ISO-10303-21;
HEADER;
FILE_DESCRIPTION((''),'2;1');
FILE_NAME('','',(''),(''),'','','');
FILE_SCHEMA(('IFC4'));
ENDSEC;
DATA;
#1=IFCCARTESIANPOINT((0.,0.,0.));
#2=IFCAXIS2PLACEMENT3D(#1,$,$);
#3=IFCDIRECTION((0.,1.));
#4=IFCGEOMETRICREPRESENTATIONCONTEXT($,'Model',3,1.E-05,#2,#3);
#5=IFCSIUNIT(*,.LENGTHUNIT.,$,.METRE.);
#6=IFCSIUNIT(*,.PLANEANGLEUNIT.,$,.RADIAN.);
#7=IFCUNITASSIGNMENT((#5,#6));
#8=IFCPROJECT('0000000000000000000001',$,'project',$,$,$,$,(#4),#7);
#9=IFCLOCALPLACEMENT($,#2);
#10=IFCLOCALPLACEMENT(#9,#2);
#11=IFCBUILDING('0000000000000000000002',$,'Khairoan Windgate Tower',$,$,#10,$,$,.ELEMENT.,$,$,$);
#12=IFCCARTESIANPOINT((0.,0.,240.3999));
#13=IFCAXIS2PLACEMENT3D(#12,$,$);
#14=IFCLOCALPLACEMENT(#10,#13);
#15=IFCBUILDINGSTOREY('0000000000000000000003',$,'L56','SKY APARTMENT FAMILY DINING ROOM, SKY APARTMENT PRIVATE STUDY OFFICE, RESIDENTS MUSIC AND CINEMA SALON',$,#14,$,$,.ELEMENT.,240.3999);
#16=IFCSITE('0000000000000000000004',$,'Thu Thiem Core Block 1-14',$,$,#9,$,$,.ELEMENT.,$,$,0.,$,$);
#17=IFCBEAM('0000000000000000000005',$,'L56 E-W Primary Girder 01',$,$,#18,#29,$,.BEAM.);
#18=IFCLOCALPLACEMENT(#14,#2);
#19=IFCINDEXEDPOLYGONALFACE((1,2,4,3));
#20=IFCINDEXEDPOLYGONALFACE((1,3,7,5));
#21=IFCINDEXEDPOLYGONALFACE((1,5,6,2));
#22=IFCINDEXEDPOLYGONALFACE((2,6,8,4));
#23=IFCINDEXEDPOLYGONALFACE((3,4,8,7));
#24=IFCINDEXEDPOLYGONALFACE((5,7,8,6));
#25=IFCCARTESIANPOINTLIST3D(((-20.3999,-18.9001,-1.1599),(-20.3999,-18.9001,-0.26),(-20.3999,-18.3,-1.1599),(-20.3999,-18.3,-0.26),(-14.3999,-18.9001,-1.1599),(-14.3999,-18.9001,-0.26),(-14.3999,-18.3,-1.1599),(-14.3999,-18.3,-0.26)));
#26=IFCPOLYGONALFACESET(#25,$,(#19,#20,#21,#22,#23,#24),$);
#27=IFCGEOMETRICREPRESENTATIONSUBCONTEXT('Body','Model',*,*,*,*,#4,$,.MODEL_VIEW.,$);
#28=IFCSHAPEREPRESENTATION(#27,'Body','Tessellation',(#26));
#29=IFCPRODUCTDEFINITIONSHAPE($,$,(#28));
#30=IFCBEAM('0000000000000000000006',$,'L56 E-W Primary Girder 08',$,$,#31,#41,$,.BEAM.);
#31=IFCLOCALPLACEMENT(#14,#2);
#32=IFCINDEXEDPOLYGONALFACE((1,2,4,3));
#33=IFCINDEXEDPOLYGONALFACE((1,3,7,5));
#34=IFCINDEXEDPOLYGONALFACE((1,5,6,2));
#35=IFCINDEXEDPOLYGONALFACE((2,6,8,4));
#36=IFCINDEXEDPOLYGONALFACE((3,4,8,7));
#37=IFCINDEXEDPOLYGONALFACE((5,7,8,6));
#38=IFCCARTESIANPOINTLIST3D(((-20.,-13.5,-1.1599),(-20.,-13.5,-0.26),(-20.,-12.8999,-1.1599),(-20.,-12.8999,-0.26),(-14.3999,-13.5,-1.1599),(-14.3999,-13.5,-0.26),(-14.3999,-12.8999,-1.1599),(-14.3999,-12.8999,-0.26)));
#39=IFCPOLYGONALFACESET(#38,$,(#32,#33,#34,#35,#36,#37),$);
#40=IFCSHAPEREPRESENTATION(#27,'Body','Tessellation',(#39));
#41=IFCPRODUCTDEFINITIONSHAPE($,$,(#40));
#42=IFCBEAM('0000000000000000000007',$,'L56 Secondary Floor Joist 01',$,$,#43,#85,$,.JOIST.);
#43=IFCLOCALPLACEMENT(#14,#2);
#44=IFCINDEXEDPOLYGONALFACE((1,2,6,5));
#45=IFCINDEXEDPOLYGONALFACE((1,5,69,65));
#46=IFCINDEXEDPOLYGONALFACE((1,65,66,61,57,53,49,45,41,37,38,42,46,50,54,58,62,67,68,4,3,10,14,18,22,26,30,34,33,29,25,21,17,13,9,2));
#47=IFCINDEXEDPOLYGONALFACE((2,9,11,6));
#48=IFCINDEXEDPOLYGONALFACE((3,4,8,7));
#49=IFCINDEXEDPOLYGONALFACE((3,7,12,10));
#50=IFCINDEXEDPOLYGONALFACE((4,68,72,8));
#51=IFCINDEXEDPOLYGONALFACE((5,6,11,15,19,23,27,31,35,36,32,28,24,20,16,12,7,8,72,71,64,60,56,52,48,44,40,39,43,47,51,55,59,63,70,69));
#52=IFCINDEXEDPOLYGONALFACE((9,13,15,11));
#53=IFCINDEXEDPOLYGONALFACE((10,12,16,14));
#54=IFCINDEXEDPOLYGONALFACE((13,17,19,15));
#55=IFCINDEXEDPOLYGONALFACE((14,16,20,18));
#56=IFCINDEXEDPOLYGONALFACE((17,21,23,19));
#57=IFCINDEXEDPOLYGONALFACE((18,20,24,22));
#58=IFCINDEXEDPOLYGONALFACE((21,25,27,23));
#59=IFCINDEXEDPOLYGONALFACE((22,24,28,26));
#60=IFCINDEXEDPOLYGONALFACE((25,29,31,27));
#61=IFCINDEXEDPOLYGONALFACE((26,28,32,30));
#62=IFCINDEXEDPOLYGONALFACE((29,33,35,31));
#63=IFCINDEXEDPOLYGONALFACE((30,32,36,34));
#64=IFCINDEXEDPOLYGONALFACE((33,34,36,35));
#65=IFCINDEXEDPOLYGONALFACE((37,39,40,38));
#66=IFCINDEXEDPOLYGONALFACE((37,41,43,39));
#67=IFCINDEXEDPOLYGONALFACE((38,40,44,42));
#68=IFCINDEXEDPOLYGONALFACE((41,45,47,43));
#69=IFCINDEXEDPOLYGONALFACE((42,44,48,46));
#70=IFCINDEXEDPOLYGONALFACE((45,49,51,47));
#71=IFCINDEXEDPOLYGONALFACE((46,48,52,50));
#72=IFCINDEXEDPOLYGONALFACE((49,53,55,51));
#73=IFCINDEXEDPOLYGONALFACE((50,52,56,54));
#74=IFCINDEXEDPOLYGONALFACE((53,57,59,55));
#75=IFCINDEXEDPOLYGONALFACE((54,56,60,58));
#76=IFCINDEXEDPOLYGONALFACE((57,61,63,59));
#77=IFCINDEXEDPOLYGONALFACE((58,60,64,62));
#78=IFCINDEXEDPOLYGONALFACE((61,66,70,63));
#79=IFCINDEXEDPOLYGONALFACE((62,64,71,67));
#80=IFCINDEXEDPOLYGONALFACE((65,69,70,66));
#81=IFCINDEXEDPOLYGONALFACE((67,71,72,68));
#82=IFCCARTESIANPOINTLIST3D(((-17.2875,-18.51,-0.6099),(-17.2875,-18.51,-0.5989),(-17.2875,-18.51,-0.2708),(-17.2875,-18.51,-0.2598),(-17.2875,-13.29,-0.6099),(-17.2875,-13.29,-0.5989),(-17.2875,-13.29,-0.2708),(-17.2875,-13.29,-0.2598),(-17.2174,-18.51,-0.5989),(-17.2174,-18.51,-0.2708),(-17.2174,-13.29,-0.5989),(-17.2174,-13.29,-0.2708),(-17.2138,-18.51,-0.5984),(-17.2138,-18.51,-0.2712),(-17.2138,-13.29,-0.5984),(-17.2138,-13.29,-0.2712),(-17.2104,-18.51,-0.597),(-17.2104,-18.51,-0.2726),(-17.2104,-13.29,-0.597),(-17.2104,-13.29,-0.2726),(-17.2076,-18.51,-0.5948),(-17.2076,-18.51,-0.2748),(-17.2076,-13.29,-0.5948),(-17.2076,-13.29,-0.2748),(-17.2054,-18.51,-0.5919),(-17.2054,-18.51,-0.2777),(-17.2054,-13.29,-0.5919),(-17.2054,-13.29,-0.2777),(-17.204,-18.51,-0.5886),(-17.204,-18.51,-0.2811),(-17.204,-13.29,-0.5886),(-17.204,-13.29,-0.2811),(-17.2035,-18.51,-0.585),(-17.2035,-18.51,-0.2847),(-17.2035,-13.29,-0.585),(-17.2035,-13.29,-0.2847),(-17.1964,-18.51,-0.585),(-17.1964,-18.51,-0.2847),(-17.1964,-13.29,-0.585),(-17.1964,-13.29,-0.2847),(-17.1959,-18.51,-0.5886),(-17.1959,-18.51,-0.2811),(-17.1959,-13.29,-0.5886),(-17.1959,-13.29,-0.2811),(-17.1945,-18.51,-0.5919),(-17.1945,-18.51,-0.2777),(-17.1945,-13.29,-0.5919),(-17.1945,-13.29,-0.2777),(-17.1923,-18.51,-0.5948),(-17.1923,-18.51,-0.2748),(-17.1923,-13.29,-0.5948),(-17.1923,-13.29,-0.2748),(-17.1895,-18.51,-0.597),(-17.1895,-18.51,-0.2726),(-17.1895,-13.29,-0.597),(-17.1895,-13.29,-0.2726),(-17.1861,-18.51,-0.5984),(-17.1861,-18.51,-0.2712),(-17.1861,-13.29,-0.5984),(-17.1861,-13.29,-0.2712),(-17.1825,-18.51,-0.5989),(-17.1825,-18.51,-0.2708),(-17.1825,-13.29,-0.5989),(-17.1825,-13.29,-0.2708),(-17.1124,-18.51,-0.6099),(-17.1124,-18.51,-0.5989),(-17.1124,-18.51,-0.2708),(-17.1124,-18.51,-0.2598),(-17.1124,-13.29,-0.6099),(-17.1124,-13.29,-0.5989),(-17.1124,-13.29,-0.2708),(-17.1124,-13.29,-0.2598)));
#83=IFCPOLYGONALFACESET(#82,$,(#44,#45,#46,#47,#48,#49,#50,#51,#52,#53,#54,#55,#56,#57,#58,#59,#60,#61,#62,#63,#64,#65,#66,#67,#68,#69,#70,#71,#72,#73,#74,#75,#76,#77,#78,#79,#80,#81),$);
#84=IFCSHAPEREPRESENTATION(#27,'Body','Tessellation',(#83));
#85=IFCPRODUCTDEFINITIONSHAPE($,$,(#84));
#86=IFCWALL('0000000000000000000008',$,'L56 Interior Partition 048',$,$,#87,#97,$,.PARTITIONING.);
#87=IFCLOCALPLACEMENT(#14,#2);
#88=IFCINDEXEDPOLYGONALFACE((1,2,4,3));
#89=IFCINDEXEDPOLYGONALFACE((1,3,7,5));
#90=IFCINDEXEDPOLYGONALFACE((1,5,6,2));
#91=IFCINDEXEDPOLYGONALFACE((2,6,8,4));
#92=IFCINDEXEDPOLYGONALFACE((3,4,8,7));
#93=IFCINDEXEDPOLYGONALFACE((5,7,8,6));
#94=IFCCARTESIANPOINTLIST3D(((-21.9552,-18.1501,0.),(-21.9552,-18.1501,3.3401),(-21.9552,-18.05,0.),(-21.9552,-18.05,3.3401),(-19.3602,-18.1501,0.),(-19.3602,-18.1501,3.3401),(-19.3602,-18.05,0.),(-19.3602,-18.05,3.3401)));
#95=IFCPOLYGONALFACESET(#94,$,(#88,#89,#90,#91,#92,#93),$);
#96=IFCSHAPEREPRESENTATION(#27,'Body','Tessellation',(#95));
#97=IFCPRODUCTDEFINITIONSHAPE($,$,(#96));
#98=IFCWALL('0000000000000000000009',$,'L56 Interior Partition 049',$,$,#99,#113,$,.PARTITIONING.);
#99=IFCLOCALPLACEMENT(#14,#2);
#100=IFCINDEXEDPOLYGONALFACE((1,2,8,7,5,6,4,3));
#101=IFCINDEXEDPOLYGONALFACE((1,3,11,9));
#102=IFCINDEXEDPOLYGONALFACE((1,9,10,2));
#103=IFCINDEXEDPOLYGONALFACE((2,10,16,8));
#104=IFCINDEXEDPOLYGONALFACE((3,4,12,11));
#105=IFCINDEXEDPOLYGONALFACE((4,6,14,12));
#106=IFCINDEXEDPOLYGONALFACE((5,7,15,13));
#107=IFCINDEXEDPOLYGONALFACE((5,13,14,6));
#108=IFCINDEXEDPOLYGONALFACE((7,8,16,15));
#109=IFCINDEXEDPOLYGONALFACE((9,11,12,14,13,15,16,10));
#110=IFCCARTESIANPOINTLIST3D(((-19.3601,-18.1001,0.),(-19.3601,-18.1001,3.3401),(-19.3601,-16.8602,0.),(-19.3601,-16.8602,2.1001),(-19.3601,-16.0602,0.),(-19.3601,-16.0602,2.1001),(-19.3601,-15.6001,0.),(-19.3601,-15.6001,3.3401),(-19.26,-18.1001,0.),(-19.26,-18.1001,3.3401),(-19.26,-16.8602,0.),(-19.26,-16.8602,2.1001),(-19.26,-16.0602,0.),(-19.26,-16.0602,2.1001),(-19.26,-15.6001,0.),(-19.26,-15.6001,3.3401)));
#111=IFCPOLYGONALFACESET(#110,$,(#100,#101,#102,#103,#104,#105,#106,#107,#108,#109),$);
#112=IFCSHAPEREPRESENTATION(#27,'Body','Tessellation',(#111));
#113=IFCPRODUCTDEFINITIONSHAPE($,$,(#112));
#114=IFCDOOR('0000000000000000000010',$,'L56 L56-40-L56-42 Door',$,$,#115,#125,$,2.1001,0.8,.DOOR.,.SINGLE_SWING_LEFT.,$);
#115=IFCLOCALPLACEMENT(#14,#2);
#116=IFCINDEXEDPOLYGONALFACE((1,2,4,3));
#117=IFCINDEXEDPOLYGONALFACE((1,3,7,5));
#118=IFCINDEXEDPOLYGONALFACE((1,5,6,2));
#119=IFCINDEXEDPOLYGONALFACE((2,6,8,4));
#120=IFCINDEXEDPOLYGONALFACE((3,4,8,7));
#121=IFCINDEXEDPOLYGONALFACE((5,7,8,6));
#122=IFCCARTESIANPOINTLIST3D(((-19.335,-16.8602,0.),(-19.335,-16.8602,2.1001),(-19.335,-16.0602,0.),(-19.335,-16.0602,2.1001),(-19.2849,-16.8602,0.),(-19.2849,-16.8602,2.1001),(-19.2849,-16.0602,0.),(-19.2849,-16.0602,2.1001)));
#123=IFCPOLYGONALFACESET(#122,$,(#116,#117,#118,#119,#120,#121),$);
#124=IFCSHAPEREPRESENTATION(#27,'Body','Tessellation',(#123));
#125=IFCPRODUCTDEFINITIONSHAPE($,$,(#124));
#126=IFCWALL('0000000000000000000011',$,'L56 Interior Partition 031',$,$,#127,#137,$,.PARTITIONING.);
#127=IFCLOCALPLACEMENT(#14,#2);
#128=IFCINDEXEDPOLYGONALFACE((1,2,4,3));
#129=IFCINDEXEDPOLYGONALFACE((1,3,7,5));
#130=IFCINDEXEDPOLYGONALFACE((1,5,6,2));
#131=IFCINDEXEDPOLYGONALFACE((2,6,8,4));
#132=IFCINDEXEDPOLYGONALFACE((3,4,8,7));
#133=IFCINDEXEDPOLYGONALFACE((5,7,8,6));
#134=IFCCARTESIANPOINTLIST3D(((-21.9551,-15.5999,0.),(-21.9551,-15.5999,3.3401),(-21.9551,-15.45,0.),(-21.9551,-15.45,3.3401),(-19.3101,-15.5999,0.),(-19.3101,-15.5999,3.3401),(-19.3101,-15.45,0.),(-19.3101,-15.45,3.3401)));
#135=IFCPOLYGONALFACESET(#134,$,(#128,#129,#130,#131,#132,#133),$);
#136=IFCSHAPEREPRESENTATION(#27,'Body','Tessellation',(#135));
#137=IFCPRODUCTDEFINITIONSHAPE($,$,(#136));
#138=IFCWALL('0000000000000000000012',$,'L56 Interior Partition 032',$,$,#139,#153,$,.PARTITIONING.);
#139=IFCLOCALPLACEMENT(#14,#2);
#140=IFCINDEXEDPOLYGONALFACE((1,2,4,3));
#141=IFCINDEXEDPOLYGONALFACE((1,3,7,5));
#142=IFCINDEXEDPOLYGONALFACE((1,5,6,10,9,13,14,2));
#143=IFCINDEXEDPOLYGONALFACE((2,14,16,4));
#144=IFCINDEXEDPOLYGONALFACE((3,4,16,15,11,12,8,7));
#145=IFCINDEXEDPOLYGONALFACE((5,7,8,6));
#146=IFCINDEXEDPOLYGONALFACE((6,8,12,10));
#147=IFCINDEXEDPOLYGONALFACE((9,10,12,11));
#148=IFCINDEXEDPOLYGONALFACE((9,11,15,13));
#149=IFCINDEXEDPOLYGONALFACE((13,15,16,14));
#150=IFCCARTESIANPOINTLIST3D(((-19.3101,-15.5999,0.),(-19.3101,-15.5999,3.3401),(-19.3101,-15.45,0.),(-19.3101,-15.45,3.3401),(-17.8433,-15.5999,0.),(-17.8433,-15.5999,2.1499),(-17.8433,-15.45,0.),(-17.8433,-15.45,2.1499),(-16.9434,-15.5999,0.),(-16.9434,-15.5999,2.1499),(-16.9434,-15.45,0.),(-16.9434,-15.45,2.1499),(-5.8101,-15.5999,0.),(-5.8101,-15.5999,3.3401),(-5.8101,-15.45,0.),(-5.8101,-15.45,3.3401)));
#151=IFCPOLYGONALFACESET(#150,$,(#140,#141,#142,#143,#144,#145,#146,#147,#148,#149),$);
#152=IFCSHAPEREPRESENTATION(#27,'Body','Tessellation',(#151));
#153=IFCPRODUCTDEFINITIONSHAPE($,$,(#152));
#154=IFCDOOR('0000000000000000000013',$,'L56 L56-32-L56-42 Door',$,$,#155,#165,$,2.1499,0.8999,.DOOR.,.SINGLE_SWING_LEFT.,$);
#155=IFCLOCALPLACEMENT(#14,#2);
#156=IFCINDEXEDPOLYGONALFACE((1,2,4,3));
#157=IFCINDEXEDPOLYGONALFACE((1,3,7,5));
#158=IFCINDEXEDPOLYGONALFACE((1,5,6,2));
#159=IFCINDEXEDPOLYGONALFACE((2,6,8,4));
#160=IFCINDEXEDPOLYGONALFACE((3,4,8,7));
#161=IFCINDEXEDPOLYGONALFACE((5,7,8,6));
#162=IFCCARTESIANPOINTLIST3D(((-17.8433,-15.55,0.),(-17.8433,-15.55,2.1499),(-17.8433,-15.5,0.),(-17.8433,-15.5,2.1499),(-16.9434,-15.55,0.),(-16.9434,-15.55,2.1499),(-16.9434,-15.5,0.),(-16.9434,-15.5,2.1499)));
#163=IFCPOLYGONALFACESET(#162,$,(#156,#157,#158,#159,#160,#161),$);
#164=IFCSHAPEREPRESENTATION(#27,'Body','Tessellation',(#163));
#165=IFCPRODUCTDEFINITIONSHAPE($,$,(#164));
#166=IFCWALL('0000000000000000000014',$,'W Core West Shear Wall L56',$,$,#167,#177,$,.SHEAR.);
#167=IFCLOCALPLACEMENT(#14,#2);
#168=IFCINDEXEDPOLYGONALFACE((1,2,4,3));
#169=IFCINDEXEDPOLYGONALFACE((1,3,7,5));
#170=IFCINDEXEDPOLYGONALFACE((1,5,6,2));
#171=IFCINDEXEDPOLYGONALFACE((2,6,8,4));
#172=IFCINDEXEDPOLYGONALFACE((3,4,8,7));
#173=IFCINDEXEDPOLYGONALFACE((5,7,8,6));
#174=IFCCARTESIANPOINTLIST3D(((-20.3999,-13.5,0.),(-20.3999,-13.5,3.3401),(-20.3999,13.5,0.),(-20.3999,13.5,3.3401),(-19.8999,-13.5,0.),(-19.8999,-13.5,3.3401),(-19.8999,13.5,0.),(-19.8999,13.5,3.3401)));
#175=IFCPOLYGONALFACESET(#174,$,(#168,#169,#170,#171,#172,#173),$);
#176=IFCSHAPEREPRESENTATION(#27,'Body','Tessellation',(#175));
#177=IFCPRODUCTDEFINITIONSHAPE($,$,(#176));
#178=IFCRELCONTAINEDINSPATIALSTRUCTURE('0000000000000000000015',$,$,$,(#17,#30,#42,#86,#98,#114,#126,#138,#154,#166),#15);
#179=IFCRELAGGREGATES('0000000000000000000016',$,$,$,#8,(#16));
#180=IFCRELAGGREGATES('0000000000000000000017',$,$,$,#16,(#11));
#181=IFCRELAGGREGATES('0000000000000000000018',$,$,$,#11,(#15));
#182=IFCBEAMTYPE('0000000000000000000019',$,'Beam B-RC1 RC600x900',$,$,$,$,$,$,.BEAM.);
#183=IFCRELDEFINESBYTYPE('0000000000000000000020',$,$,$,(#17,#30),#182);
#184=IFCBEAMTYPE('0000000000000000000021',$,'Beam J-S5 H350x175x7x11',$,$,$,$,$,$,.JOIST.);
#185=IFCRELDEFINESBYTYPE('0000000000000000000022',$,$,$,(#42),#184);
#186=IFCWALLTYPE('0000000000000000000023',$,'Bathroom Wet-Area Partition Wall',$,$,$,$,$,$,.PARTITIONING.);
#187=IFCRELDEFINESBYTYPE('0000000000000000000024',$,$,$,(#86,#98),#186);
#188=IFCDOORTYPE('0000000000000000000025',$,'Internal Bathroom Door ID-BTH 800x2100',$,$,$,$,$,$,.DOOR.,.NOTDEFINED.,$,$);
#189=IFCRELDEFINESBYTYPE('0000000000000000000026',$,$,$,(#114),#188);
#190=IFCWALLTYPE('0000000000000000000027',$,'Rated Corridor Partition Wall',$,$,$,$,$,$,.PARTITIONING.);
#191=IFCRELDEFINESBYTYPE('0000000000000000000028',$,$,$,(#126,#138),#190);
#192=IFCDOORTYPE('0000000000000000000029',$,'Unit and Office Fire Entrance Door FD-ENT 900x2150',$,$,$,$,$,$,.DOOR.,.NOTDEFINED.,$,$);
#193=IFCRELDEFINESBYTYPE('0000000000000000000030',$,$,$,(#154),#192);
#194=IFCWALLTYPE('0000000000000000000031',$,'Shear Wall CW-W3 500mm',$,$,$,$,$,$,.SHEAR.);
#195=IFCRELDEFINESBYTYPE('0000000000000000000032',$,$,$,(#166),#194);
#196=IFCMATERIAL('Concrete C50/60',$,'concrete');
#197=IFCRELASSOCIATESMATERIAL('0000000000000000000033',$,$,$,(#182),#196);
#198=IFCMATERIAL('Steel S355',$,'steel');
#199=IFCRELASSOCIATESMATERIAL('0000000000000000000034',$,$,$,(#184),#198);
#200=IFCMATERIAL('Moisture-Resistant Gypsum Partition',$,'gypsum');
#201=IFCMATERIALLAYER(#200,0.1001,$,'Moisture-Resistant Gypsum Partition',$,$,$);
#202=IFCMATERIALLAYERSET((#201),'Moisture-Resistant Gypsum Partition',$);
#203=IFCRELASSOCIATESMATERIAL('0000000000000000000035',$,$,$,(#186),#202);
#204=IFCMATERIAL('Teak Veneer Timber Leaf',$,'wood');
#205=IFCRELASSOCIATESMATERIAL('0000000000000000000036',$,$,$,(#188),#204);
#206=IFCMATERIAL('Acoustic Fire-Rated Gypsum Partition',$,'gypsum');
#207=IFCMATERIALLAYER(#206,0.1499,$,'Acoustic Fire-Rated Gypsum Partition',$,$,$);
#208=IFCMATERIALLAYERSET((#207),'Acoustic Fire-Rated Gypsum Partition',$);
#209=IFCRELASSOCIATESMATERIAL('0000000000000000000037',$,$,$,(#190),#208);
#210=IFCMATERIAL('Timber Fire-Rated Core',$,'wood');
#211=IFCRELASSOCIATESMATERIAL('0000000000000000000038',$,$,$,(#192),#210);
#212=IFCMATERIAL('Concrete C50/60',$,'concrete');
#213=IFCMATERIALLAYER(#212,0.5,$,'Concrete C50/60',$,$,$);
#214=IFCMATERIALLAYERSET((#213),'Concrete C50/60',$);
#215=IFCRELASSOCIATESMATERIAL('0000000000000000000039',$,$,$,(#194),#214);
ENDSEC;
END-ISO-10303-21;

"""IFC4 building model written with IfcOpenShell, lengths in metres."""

from ifc_helpers import new_model, si_unit, direction, frame, frame_2d, origin, origin_2d, place, context, subcontext, project, spatial, rectangle, i_section, extrude, material, layer, layer_set, material_profile, profile_set, type_object, element, fill, save


model = new_model("IFC4")

# Units and contexts
model_context = context("Model", 3, precision=1e-05, world=origin(), true_north=direction((0.0, 1.0)))
body_context = subcontext(model_context, "Body", "Model", "MODEL_VIEW")
ifc_project = project(units=[si_unit("LENGTHUNIT", "METRE"), si_unit("PLANEANGLEUNIT", "RADIAN")], contexts=[model_context])

# Site, building, storey
site_placement = place(None, origin())
site = spatial("IfcSite", under=ifc_project, at=site_placement, Name="Thu Thiem Core Block 1-14", CompositionType="ELEMENT", RefElevation=0.0)
building_placement = place(site_placement, origin())
building = spatial("IfcBuilding", under=site, at=building_placement, Name="Khairoan Windgate Tower", CompositionType="ELEMENT")
storey_placement = place(building_placement, frame((0.0, 0.0, 240.3999)))
storey = spatial("IfcBuildingStorey", under=building, at=storey_placement, Name="L56", Description="SKY APARTMENT FAMILY DINING ROOM, SKY APARTMENT PRIVATE STUDY OFFICE, RESIDENTS MUSIC AND CINEMA SALON", CompositionType="ELEMENT", Elevation=240.3999)

# Beams
ifc_material_1 = material(Name="Concrete C50/60", Category="concrete")
ifc_material_profile_1 = material_profile(ifc_material_1, rectangle(XDim=0.6001, YDim=0.8999, at=origin_2d()))
ifc_profile_set_1 = profile_set([ifc_material_profile_1], Name="Concrete C50/60")
beam_type_1 = type_object("IfcBeamType", Name="Beam B-RC1 RC600x900", PredefinedType="BEAM", material=ifc_profile_set_1)
beam_1_placement = place(storey_placement, frame((-20.3999, -18.6001, -0.71), z_axis=(1.0, 0.0, 0.0), x_axis=(0.0, 1.0, 0.0)))
element("IfcBeam", 1, at=beam_1_placement, inside=storey, type_object=beam_type_1, Name="L56 E-W Primary Girder 01", PredefinedType="BEAM", context=body_context, shape_type="SweptSolid", body=[
    extrude(rectangle(XDim=0.6001, YDim=0.8999, at=origin_2d()), origin(), (0.0, 0.0, 1.0), 6.0),
])
beam_2_placement = place(storey_placement, frame((-20.0, -13.2, -0.71), z_axis=(1.0, 0.0, 0.0), x_axis=(0.0, 1.0, 0.0)))
element("IfcBeam", 2, at=beam_2_placement, inside=storey, type_object=beam_type_1, Name="L56 E-W Primary Girder 08", PredefinedType="BEAM", context=body_context, shape_type="SweptSolid", body=[
    extrude(rectangle(XDim=0.6001, YDim=0.8999, at=origin_2d()), origin(), (0.0, 0.0, 1.0), 5.6001),
])
ifc_material_2 = material(Name="Steel S355", Category="steel")
ifc_material_profile_2 = material_profile(ifc_material_2, i_section(OverallWidth=0.175, OverallDepth=0.3501, WebThickness=0.0071, FlangeThickness=0.011, FilletRadius=0.0139, at=origin_2d()))
ifc_profile_set_2 = profile_set([ifc_material_profile_2], Name="Steel S355")
beam_type_2 = type_object("IfcBeamType", Name="Beam J-S5 H350x175x7x11", PredefinedType="JOIST", material=ifc_profile_set_2)
beam_3_placement = place(storey_placement, frame((-17.2, -18.51, -0.4348), z_axis=(0.0, 1.0, 0.0), x_axis=(-1.0, 0.0, 0.0)))
element("IfcBeam", 3, at=beam_3_placement, inside=storey, type_object=beam_type_2, Name="L56 Secondary Floor Joist 01", PredefinedType="JOIST", context=body_context, shape_type="SweptSolid", body=[
    extrude(i_section(OverallWidth=0.175, OverallDepth=0.3501, WebThickness=0.0071, FlangeThickness=0.011, FilletRadius=0.0139, at=origin_2d()), origin(), (0.0, 0.0, 1.0), 5.22),
])

# Wall
ifc_material_3 = material(Name="Moisture-Resistant Gypsum Partition", Category="gypsum")
ifc_layer_1 = layer(ifc_material_3, 0.1001, Name="Moisture-Resistant Gypsum Partition")
ifc_layer_set_1 = layer_set([ifc_layer_1], Name="Moisture-Resistant Gypsum Partition")
wall_type_1 = type_object("IfcWallType", Name="Bathroom Wet-Area Partition Wall", PredefinedType="PARTITIONING", material=ifc_layer_set_1)
wall_1_placement = place(storey_placement, frame((-21.9551, -18.1001, 0.0), z_axis=(0.0, 0.0, 1.0), x_axis=(1.0, 0.0, 0.0)))
element("IfcWall", 4, at=wall_1_placement, inside=storey, type_object=wall_type_1, Name="L56 Interior Partition 048", PredefinedType="PARTITIONING", context=body_context, shape_type="SweptSolid", body=[
    extrude(rectangle(XDim=2.595, YDim=0.1001, at=frame_2d((1.2974, 0.0))), origin(), (0.0, 0.0, 1.0), 3.3401),
])

# Wall, opening, door
wall_2_placement = place(storey_placement, frame((-19.3101, -18.1001, 0.0), z_axis=(0.0, 0.0, 1.0), x_axis=(0.0, 1.0, 0.0)))
wall_2 = element("IfcWall", 5, at=wall_2_placement, inside=storey, type_object=wall_type_1, Name="L56 Interior Partition 049", PredefinedType="PARTITIONING", context=body_context, shape_type="SweptSolid", body=[
    extrude(rectangle(XDim=2.5, YDim=0.1001, at=frame_2d((1.25, 0.0))), origin(), (0.0, 0.0, 1.0), 3.3401),
])
opening_1_placement = place(wall_2_placement, frame((1.24, 0.0, 0.0)))
opening_1 = element("IfcOpeningElement", 6, at=opening_1_placement, cuts=wall_2, PredefinedType="OPENING", context=body_context, shape_type="SweptSolid", body=[
    extrude(rectangle(XDim=0.8, YDim=2.1001, at=frame_2d((0.3999, 1.05))), frame((0.0, 0.0601, 0.0), z_axis=(0.0, -1.0, 0.0), x_axis=(1.0, 0.0, 0.0)), (0.0, 0.0, 1.0), 0.1201),
])
ifc_material_4 = material(Name="Teak Veneer Timber Leaf", Category="wood")
door_type_1 = type_object("IfcDoorType", Name="Internal Bathroom Door ID-BTH 800x2100", OperationType="NOTDEFINED", PredefinedType="DOOR", material=ifc_material_4)
door_1_placement = place(opening_1_placement, origin())
door_1 = element("IfcDoor", 7, at=door_1_placement, inside=storey, type_object=door_type_1, Name="L56 L56-40-L56-42 Door", OperationType="SINGLE_SWING_LEFT", OverallHeight=2.1001, OverallWidth=0.8, PredefinedType="DOOR", context=body_context, shape_type="SweptSolid", body=[
    extrude(rectangle(XDim=0.8, YDim=2.1001, at=frame_2d((0.3999, 1.05))), frame((0.0, 0.0249, 0.0), z_axis=(0.0, -1.0, 0.0), x_axis=(1.0, 0.0, 0.0)), (0.0, 0.0, 1.0), 0.05),
])
fill(opening_1, door_1)

# Wall
ifc_material_5 = material(Name="Acoustic Fire-Rated Gypsum Partition", Category="gypsum")
ifc_layer_2 = layer(ifc_material_5, 0.1499, Name="Acoustic Fire-Rated Gypsum Partition")
ifc_layer_set_2 = layer_set([ifc_layer_2], Name="Acoustic Fire-Rated Gypsum Partition")
wall_type_2 = type_object("IfcWallType", Name="Rated Corridor Partition Wall", PredefinedType="PARTITIONING", material=ifc_layer_set_2)
wall_3_placement = place(storey_placement, frame((-21.9551, -15.5249, 0.0), z_axis=(0.0, 0.0, 1.0), x_axis=(1.0, 0.0, 0.0)))
element("IfcWall", 8, at=wall_3_placement, inside=storey, type_object=wall_type_2, Name="L56 Interior Partition 031", PredefinedType="PARTITIONING", context=body_context, shape_type="SweptSolid", body=[
    extrude(rectangle(XDim=2.645, YDim=0.1499, at=frame_2d((1.3225, 0.0))), origin(), (0.0, 0.0, 1.0), 3.3401),
])

# Wall, opening, door
wall_4_placement = place(storey_placement, frame((-19.3101, -15.5249, 0.0), z_axis=(0.0, 0.0, 1.0), x_axis=(1.0, 0.0, 0.0)))
wall_4 = element("IfcWall", 9, at=wall_4_placement, inside=storey, type_object=wall_type_2, Name="L56 Interior Partition 032", PredefinedType="PARTITIONING", context=body_context, shape_type="SweptSolid", body=[
    extrude(rectangle(XDim=13.5, YDim=0.1499, at=frame_2d((6.75, 0.0))), origin(), (0.0, 0.0, 1.0), 3.3401),
])
opening_2_placement = place(wall_4_placement, frame((1.4668, 0.0, 0.0)))
opening_2 = element("IfcOpeningElement", 10, at=opening_2_placement, cuts=wall_4, PredefinedType="OPENING", context=body_context, shape_type="SweptSolid", body=[
    extrude(rectangle(XDim=0.8999, YDim=2.1499, at=frame_2d((0.45, 1.075))), frame((0.0, 0.085, 0.0), z_axis=(0.0, -1.0, 0.0), x_axis=(1.0, 0.0, 0.0)), (0.0, 0.0, 1.0), 0.1699),
])
ifc_material_6 = material(Name="Timber Fire-Rated Core", Category="wood")
door_type_2 = type_object("IfcDoorType", Name="Unit and Office Fire Entrance Door FD-ENT 900x2150", OperationType="NOTDEFINED", PredefinedType="DOOR", material=ifc_material_6)
door_2_placement = place(opening_2_placement, origin())
door_2 = element("IfcDoor", 11, at=door_2_placement, inside=storey, type_object=door_type_2, Name="L56 L56-32-L56-42 Door", OperationType="SINGLE_SWING_LEFT", OverallHeight=2.1499, OverallWidth=0.8999, PredefinedType="DOOR", context=body_context, shape_type="SweptSolid", body=[
    extrude(rectangle(XDim=0.8999, YDim=2.1499, at=frame_2d((0.45, 1.075))), frame((0.0, 0.0249, 0.0), z_axis=(0.0, -1.0, 0.0), x_axis=(1.0, 0.0, 0.0)), (0.0, 0.0, 1.0), 0.05),
])
fill(opening_2, door_2)

# Wall
ifc_material_7 = material(Name="Concrete C50/60", Category="concrete")
ifc_layer_3 = layer(ifc_material_7, 0.5, Name="Concrete C50/60")
ifc_layer_set_3 = layer_set([ifc_layer_3], Name="Concrete C50/60")
wall_type_3 = type_object("IfcWallType", Name="Shear Wall CW-W3 500mm", PredefinedType="SHEAR", material=ifc_layer_set_3)
wall_5_placement = place(storey_placement, frame((-20.1499, -13.5, 0.0), z_axis=(0.0, 0.0, 1.0), x_axis=(0.0, 1.0, 0.0)))
element("IfcWall", 12, at=wall_5_placement, inside=storey, type_object=wall_type_3, Name="W Core West Shear Wall L56", PredefinedType="SHEAR", context=body_context, shape_type="SweptSolid", body=[
    extrude(rectangle(XDim=27.0, YDim=0.5, at=frame_2d((13.5, 0.0))), origin(), (0.0, 0.0, 1.0), 3.3401),
])

save(model, "model.ifc")
